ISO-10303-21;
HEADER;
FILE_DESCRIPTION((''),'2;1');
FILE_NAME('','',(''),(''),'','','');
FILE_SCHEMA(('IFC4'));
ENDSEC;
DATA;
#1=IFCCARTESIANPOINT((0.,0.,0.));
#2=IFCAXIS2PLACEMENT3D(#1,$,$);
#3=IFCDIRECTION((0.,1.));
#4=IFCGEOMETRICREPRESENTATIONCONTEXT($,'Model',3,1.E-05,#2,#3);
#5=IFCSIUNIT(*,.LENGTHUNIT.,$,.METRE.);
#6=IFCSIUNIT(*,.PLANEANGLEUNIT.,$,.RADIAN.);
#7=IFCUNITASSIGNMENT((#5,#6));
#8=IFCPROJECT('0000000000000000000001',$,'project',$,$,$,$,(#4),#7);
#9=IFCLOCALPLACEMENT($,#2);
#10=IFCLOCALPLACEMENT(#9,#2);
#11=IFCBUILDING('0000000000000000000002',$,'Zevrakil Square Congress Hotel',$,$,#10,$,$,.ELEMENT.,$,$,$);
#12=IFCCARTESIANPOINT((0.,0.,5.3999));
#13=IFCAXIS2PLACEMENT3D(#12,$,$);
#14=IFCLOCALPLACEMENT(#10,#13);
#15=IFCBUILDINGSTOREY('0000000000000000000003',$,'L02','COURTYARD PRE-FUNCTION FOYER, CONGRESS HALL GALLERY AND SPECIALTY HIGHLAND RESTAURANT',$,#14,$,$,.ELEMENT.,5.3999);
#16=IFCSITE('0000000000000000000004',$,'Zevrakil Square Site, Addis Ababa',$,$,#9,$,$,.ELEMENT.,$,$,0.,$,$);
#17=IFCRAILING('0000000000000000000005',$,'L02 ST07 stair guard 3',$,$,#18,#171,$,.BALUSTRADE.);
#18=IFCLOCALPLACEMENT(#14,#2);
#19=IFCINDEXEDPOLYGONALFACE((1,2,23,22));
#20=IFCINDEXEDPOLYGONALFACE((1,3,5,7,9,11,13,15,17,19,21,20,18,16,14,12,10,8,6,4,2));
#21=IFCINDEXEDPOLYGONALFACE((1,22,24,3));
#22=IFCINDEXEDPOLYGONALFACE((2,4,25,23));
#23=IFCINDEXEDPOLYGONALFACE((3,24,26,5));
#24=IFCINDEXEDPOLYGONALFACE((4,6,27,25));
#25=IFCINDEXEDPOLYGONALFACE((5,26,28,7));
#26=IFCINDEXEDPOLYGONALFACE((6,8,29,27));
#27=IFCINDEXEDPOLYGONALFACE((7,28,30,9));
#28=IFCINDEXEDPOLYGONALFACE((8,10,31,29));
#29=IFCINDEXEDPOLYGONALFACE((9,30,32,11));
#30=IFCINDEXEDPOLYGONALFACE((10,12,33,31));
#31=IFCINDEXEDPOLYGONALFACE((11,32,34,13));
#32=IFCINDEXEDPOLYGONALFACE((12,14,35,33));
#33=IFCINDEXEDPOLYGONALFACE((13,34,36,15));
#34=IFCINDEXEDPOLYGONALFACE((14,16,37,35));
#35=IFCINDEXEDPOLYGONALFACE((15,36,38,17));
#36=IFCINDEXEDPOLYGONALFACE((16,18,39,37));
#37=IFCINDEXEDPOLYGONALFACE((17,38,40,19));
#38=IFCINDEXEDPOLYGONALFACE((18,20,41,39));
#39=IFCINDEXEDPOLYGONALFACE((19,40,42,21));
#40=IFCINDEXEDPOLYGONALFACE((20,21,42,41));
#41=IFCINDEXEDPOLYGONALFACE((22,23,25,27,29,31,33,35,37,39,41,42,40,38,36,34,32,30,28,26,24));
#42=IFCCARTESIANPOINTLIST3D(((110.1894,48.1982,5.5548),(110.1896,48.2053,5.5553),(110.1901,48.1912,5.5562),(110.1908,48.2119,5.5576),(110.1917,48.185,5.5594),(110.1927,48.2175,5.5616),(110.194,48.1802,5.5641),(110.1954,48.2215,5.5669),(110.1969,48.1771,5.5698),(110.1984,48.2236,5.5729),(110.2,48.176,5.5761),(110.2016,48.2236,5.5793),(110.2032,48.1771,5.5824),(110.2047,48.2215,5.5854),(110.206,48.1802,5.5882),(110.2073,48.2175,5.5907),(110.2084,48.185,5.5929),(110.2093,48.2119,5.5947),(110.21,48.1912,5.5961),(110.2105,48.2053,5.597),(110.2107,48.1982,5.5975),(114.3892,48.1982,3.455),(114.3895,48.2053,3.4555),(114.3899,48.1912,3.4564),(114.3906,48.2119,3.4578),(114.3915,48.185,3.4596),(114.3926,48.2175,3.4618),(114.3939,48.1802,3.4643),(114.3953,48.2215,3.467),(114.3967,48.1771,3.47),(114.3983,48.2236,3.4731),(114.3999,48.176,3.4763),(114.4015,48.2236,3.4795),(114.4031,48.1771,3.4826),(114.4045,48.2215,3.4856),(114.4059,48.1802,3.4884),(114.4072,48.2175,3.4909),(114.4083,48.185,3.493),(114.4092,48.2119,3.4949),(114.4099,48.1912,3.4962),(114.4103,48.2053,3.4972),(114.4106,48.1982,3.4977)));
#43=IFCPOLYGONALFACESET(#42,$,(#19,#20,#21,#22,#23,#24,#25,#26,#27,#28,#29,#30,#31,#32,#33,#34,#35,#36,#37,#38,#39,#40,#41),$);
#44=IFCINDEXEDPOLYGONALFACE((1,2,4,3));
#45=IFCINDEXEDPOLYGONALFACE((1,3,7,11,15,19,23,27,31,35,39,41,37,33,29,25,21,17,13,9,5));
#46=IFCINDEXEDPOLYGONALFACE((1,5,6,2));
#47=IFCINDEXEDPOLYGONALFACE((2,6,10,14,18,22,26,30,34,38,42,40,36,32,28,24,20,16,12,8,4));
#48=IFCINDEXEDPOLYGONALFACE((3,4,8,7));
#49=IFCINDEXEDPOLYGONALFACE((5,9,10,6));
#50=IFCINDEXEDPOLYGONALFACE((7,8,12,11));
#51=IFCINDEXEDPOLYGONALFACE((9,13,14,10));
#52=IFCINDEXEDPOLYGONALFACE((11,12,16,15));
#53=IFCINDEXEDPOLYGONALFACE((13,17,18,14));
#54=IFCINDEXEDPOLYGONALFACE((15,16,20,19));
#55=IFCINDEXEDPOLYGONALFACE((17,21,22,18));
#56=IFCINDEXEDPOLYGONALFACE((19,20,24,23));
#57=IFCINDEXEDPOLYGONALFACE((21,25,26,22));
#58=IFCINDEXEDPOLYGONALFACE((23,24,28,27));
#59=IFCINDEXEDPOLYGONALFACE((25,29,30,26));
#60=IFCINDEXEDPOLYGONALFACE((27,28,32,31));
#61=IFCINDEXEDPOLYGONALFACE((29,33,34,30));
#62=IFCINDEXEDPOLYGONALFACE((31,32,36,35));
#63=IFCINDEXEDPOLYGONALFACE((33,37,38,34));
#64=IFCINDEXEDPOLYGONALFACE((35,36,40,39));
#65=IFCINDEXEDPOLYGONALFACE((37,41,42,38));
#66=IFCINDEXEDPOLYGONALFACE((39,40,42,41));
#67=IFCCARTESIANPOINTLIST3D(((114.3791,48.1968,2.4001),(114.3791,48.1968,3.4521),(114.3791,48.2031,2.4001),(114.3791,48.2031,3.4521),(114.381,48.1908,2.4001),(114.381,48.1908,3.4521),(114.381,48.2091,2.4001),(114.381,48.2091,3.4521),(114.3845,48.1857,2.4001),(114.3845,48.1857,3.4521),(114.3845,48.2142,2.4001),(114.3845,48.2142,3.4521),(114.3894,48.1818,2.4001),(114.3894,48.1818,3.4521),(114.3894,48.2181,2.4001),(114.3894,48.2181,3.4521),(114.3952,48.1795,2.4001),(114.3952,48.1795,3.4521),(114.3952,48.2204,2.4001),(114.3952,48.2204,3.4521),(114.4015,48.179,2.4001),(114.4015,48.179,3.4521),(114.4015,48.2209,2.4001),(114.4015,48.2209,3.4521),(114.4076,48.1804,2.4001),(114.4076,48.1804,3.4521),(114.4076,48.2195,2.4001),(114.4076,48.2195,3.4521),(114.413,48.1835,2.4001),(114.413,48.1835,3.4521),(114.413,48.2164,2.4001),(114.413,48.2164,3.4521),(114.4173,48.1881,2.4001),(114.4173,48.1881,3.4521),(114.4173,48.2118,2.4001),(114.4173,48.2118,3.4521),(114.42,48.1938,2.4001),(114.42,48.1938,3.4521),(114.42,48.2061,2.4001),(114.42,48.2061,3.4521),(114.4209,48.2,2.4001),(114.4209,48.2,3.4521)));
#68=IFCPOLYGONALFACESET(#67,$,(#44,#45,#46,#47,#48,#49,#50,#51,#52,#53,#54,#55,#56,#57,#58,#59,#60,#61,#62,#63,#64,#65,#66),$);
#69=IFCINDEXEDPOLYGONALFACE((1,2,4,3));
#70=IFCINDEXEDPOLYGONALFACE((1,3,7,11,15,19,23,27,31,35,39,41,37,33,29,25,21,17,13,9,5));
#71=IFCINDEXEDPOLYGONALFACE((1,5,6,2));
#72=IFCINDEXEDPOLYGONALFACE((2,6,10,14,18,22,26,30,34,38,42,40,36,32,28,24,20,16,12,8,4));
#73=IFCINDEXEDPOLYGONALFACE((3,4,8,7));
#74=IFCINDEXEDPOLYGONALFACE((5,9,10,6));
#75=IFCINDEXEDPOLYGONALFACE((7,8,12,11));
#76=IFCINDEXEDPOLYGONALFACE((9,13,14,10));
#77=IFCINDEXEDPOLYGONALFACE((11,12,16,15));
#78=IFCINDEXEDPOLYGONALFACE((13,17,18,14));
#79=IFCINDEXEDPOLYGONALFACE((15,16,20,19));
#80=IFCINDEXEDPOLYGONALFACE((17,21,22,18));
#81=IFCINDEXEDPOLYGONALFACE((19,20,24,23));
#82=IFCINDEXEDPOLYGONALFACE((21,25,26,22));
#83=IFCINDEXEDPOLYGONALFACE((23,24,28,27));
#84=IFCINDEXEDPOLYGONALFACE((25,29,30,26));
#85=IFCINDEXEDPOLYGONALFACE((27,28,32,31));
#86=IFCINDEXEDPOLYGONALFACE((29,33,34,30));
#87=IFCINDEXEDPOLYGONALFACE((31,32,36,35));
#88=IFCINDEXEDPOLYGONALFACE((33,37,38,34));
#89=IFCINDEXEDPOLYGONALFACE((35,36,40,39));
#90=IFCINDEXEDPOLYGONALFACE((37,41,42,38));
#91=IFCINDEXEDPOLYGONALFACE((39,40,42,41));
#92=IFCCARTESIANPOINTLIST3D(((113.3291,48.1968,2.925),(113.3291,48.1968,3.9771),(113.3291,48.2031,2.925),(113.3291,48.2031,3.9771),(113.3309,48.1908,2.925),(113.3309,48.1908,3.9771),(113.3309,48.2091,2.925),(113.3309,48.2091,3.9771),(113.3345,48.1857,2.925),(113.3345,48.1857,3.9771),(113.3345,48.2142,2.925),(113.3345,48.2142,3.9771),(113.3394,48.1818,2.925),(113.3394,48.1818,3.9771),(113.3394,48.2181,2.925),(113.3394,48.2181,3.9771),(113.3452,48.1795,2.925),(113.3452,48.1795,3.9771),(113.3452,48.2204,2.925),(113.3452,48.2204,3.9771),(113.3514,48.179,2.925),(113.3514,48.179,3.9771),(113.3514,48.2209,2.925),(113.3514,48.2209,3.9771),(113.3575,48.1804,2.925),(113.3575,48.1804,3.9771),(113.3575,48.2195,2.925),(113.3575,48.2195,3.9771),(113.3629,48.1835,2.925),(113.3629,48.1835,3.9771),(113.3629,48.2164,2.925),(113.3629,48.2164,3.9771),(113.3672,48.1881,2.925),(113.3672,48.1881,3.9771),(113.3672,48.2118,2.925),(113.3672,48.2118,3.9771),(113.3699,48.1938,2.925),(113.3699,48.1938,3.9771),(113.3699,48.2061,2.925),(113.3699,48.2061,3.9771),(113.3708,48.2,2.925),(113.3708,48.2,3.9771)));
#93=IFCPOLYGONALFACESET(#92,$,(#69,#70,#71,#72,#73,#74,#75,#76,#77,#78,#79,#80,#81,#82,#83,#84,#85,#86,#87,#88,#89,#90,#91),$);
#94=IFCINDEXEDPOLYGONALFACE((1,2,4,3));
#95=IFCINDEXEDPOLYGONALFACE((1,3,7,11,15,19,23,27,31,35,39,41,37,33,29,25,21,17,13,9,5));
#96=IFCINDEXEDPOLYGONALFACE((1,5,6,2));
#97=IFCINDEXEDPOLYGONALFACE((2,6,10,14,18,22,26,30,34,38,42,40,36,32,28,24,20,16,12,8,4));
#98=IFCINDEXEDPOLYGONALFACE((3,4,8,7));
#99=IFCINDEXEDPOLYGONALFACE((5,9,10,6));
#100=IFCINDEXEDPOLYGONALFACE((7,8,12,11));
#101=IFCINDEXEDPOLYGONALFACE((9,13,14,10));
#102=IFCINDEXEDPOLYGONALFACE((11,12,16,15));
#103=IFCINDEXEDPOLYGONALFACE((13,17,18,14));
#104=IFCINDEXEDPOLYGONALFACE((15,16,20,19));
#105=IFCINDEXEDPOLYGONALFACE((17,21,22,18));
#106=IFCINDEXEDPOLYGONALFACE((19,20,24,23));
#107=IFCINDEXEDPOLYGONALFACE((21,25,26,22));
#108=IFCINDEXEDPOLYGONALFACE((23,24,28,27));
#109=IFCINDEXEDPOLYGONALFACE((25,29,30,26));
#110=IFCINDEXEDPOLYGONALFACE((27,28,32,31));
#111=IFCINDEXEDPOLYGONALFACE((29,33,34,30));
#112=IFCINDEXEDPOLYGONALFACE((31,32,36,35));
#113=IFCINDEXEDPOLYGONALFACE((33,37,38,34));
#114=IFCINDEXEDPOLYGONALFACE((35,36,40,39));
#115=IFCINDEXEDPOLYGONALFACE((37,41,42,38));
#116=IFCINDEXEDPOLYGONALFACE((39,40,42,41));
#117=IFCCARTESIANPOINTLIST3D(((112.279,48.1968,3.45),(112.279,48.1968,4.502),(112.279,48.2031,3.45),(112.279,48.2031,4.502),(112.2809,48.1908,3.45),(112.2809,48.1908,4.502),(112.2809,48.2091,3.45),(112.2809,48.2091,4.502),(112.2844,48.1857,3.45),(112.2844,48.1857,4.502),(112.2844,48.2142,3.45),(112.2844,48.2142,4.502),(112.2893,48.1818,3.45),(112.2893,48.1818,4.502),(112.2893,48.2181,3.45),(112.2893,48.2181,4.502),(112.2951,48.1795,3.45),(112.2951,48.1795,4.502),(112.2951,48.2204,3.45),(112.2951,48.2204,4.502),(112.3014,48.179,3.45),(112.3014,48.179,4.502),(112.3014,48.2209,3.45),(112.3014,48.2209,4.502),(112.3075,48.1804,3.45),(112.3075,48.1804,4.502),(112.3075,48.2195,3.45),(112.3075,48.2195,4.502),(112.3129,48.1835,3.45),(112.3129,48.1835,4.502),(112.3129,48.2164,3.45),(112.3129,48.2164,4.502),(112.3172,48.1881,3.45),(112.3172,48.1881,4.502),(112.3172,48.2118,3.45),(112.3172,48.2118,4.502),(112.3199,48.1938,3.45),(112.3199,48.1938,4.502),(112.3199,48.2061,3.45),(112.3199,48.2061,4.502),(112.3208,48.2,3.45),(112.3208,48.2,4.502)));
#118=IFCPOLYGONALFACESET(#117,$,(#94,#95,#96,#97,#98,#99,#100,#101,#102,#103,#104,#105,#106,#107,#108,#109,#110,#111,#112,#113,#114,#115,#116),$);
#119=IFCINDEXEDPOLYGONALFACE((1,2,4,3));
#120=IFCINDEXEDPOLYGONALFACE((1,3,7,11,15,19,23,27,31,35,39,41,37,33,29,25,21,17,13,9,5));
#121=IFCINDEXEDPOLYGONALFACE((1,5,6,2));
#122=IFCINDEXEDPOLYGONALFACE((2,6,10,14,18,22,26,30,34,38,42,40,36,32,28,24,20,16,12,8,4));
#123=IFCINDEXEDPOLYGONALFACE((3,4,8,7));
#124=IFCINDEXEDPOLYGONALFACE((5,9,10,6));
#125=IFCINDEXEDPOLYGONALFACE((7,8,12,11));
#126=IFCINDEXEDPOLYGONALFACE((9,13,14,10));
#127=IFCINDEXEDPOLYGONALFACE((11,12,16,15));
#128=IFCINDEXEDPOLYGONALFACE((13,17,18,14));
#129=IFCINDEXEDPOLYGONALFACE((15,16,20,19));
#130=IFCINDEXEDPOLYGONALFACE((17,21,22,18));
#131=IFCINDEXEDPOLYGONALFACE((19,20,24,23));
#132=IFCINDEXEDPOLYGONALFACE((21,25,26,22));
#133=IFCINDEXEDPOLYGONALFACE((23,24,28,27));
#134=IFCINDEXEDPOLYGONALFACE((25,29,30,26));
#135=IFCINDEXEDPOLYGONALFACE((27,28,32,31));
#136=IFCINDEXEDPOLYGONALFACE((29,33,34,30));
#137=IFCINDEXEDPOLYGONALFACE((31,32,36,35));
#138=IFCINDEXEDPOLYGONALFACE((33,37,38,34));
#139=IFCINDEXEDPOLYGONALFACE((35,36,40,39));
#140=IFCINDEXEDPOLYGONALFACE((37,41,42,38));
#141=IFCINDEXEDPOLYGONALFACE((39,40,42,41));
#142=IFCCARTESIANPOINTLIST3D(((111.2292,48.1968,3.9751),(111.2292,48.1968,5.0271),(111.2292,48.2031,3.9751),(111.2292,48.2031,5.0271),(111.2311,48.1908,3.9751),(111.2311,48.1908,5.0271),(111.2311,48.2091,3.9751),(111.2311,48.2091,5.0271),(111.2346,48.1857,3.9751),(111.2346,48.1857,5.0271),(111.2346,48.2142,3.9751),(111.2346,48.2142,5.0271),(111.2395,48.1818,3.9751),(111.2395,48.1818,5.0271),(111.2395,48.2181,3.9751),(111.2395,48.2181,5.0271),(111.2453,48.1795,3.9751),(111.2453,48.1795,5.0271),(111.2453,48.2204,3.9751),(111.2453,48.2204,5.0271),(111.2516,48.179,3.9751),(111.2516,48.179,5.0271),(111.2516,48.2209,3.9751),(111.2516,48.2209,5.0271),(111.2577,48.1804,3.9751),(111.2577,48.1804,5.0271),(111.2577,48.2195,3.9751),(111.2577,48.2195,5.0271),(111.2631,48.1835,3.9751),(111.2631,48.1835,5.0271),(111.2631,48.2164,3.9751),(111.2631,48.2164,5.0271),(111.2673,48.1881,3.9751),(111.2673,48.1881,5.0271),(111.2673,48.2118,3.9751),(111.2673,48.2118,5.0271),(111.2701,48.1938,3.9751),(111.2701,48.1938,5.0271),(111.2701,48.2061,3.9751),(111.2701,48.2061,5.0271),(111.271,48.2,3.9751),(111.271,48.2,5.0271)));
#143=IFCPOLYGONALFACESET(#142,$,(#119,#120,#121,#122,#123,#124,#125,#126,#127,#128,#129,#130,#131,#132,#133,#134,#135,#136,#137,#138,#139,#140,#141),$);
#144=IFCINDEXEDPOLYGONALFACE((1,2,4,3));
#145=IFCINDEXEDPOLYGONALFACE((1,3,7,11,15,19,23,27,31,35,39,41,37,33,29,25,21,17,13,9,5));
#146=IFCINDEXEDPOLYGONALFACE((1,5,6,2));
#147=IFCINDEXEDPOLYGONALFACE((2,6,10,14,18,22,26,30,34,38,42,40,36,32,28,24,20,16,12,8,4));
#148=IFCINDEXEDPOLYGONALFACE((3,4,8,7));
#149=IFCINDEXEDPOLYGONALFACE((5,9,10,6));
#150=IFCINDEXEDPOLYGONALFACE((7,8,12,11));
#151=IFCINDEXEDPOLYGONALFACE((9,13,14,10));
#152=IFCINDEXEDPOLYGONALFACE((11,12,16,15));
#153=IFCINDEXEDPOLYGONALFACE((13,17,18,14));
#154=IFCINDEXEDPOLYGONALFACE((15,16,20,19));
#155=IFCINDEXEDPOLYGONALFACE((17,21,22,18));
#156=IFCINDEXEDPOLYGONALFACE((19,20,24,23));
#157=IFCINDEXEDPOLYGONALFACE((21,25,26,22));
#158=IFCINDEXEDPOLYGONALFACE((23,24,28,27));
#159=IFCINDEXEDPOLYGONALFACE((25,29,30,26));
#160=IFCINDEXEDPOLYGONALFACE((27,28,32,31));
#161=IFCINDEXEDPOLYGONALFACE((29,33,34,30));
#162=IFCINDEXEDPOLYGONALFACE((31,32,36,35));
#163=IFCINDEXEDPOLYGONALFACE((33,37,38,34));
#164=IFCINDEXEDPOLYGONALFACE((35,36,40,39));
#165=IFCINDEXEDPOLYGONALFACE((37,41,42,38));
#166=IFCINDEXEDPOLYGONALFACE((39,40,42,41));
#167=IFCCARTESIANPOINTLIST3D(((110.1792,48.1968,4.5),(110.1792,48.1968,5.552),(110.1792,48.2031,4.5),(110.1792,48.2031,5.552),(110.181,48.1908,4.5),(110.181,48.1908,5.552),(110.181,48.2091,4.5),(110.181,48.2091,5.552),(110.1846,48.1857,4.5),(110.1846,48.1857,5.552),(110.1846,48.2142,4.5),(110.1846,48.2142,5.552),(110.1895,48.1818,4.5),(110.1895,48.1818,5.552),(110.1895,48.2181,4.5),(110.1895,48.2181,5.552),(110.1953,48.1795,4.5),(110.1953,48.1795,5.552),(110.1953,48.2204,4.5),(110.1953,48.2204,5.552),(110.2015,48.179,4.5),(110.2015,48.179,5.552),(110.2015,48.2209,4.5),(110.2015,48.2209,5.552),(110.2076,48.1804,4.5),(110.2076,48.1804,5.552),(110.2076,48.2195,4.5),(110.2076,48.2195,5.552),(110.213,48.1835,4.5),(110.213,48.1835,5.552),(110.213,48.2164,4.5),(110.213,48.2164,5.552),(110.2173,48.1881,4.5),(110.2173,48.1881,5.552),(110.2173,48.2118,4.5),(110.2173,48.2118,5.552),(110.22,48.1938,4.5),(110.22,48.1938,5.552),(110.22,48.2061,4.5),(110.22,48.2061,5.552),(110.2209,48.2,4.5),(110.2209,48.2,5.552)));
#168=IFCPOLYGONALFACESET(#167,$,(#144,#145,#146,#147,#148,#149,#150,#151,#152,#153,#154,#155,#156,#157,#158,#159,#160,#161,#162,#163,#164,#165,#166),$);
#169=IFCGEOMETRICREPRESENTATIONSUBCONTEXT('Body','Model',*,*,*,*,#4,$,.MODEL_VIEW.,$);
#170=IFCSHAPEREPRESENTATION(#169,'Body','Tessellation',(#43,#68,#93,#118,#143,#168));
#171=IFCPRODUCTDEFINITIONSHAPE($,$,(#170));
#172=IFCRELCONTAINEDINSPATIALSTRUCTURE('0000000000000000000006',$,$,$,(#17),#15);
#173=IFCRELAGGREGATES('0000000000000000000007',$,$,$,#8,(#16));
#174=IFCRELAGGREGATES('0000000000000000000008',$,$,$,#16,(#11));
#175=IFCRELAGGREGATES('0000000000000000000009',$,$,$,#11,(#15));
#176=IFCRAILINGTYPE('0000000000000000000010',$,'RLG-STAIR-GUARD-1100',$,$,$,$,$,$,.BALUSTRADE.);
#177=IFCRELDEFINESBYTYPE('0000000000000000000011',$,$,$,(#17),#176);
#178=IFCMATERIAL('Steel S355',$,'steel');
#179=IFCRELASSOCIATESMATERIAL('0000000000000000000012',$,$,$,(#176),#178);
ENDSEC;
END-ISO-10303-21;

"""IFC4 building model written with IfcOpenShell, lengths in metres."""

from ifc_helpers import new_model, si_unit, direction, frame, origin, origin_2d, place, context, subcontext, project, spatial, circle, extrude, material, type_object, element, save


model = new_model("IFC4")

# Units and contexts
model_context = context("Model", 3, precision=1e-05, world=origin(), true_north=direction((0.0, 1.0)))
body_context = subcontext(model_context, "Body", "Model", "MODEL_VIEW")
ifc_project = project(units=[si_unit("LENGTHUNIT", "METRE"), si_unit("PLANEANGLEUNIT", "RADIAN")], contexts=[model_context])

# Site, building, storey
site_placement = place(None, origin())
site = spatial("IfcSite", under=ifc_project, at=site_placement, Name="Zevrakil Square Site, Addis Ababa", CompositionType="ELEMENT", RefElevation=0.0)
building_placement = place(site_placement, origin())
building = spatial("IfcBuilding", under=site, at=building_placement, Name="Zevrakil Square Congress Hotel", CompositionType="ELEMENT")
storey_placement = place(building_placement, frame((0.0, 0.0, 5.3999)))
storey = spatial("IfcBuildingStorey", under=building, at=storey_placement, Name="L02", Description="COURTYARD PRE-FUNCTION FOYER, CONGRESS HALL GALLERY AND SPECIALTY HIGHLAND RESTAURANT", CompositionType="ELEMENT", Elevation=5.3999)

# Railing
ifc_material_1 = material(Name="Steel S355", Category="steel")
railing_type_1 = type_object("IfcRailingType", Name="RLG-STAIR-GUARD-1100", PredefinedType="BALUSTRADE", material=ifc_material_1)
railing_1_placement = place(storey_placement, frame((114.3999, 48.2, 2.4001)))
element("IfcRailing", 1, at=railing_1_placement, inside=storey, type_object=railing_type_1, Name="L02 ST07 stair guard 3", PredefinedType="BALUSTRADE", context=body_context, shape_type="SweptSolid", body=[
    extrude(circle(Radius=0.0239, at=origin_2d()), frame((0.0, 0.0, 1.0762), z_axis=(-0.894438, 0.0, 0.447193), x_axis=(0.0, -1.0, 0.0)), (0.0, 0.0, 1.0), 4.6956),
    extrude(circle(Radius=0.021, at=origin_2d()), origin(), (0.0, 0.0, 1.0), 1.052),
    extrude(circle(Radius=0.021, at=origin_2d()), frame((-1.05, 0.0, 0.5249)), (0.0, 0.0, 1.0), 1.052),
    extrude(circle(Radius=0.021, at=origin_2d()), frame((-2.1001, 0.0, 1.0498)), (0.0, 0.0, 1.0), 1.052),
    extrude(circle(Radius=0.021, at=origin_2d()), frame((-3.1499, 0.0, 1.575)), (0.0, 0.0, 1.0), 1.052),
    extrude(circle(Radius=0.021, at=origin_2d()), frame((-4.2, 0.0, 2.0999)), (0.0, 0.0, 1.0), 1.052),
])

save(model, "model.ifc")
